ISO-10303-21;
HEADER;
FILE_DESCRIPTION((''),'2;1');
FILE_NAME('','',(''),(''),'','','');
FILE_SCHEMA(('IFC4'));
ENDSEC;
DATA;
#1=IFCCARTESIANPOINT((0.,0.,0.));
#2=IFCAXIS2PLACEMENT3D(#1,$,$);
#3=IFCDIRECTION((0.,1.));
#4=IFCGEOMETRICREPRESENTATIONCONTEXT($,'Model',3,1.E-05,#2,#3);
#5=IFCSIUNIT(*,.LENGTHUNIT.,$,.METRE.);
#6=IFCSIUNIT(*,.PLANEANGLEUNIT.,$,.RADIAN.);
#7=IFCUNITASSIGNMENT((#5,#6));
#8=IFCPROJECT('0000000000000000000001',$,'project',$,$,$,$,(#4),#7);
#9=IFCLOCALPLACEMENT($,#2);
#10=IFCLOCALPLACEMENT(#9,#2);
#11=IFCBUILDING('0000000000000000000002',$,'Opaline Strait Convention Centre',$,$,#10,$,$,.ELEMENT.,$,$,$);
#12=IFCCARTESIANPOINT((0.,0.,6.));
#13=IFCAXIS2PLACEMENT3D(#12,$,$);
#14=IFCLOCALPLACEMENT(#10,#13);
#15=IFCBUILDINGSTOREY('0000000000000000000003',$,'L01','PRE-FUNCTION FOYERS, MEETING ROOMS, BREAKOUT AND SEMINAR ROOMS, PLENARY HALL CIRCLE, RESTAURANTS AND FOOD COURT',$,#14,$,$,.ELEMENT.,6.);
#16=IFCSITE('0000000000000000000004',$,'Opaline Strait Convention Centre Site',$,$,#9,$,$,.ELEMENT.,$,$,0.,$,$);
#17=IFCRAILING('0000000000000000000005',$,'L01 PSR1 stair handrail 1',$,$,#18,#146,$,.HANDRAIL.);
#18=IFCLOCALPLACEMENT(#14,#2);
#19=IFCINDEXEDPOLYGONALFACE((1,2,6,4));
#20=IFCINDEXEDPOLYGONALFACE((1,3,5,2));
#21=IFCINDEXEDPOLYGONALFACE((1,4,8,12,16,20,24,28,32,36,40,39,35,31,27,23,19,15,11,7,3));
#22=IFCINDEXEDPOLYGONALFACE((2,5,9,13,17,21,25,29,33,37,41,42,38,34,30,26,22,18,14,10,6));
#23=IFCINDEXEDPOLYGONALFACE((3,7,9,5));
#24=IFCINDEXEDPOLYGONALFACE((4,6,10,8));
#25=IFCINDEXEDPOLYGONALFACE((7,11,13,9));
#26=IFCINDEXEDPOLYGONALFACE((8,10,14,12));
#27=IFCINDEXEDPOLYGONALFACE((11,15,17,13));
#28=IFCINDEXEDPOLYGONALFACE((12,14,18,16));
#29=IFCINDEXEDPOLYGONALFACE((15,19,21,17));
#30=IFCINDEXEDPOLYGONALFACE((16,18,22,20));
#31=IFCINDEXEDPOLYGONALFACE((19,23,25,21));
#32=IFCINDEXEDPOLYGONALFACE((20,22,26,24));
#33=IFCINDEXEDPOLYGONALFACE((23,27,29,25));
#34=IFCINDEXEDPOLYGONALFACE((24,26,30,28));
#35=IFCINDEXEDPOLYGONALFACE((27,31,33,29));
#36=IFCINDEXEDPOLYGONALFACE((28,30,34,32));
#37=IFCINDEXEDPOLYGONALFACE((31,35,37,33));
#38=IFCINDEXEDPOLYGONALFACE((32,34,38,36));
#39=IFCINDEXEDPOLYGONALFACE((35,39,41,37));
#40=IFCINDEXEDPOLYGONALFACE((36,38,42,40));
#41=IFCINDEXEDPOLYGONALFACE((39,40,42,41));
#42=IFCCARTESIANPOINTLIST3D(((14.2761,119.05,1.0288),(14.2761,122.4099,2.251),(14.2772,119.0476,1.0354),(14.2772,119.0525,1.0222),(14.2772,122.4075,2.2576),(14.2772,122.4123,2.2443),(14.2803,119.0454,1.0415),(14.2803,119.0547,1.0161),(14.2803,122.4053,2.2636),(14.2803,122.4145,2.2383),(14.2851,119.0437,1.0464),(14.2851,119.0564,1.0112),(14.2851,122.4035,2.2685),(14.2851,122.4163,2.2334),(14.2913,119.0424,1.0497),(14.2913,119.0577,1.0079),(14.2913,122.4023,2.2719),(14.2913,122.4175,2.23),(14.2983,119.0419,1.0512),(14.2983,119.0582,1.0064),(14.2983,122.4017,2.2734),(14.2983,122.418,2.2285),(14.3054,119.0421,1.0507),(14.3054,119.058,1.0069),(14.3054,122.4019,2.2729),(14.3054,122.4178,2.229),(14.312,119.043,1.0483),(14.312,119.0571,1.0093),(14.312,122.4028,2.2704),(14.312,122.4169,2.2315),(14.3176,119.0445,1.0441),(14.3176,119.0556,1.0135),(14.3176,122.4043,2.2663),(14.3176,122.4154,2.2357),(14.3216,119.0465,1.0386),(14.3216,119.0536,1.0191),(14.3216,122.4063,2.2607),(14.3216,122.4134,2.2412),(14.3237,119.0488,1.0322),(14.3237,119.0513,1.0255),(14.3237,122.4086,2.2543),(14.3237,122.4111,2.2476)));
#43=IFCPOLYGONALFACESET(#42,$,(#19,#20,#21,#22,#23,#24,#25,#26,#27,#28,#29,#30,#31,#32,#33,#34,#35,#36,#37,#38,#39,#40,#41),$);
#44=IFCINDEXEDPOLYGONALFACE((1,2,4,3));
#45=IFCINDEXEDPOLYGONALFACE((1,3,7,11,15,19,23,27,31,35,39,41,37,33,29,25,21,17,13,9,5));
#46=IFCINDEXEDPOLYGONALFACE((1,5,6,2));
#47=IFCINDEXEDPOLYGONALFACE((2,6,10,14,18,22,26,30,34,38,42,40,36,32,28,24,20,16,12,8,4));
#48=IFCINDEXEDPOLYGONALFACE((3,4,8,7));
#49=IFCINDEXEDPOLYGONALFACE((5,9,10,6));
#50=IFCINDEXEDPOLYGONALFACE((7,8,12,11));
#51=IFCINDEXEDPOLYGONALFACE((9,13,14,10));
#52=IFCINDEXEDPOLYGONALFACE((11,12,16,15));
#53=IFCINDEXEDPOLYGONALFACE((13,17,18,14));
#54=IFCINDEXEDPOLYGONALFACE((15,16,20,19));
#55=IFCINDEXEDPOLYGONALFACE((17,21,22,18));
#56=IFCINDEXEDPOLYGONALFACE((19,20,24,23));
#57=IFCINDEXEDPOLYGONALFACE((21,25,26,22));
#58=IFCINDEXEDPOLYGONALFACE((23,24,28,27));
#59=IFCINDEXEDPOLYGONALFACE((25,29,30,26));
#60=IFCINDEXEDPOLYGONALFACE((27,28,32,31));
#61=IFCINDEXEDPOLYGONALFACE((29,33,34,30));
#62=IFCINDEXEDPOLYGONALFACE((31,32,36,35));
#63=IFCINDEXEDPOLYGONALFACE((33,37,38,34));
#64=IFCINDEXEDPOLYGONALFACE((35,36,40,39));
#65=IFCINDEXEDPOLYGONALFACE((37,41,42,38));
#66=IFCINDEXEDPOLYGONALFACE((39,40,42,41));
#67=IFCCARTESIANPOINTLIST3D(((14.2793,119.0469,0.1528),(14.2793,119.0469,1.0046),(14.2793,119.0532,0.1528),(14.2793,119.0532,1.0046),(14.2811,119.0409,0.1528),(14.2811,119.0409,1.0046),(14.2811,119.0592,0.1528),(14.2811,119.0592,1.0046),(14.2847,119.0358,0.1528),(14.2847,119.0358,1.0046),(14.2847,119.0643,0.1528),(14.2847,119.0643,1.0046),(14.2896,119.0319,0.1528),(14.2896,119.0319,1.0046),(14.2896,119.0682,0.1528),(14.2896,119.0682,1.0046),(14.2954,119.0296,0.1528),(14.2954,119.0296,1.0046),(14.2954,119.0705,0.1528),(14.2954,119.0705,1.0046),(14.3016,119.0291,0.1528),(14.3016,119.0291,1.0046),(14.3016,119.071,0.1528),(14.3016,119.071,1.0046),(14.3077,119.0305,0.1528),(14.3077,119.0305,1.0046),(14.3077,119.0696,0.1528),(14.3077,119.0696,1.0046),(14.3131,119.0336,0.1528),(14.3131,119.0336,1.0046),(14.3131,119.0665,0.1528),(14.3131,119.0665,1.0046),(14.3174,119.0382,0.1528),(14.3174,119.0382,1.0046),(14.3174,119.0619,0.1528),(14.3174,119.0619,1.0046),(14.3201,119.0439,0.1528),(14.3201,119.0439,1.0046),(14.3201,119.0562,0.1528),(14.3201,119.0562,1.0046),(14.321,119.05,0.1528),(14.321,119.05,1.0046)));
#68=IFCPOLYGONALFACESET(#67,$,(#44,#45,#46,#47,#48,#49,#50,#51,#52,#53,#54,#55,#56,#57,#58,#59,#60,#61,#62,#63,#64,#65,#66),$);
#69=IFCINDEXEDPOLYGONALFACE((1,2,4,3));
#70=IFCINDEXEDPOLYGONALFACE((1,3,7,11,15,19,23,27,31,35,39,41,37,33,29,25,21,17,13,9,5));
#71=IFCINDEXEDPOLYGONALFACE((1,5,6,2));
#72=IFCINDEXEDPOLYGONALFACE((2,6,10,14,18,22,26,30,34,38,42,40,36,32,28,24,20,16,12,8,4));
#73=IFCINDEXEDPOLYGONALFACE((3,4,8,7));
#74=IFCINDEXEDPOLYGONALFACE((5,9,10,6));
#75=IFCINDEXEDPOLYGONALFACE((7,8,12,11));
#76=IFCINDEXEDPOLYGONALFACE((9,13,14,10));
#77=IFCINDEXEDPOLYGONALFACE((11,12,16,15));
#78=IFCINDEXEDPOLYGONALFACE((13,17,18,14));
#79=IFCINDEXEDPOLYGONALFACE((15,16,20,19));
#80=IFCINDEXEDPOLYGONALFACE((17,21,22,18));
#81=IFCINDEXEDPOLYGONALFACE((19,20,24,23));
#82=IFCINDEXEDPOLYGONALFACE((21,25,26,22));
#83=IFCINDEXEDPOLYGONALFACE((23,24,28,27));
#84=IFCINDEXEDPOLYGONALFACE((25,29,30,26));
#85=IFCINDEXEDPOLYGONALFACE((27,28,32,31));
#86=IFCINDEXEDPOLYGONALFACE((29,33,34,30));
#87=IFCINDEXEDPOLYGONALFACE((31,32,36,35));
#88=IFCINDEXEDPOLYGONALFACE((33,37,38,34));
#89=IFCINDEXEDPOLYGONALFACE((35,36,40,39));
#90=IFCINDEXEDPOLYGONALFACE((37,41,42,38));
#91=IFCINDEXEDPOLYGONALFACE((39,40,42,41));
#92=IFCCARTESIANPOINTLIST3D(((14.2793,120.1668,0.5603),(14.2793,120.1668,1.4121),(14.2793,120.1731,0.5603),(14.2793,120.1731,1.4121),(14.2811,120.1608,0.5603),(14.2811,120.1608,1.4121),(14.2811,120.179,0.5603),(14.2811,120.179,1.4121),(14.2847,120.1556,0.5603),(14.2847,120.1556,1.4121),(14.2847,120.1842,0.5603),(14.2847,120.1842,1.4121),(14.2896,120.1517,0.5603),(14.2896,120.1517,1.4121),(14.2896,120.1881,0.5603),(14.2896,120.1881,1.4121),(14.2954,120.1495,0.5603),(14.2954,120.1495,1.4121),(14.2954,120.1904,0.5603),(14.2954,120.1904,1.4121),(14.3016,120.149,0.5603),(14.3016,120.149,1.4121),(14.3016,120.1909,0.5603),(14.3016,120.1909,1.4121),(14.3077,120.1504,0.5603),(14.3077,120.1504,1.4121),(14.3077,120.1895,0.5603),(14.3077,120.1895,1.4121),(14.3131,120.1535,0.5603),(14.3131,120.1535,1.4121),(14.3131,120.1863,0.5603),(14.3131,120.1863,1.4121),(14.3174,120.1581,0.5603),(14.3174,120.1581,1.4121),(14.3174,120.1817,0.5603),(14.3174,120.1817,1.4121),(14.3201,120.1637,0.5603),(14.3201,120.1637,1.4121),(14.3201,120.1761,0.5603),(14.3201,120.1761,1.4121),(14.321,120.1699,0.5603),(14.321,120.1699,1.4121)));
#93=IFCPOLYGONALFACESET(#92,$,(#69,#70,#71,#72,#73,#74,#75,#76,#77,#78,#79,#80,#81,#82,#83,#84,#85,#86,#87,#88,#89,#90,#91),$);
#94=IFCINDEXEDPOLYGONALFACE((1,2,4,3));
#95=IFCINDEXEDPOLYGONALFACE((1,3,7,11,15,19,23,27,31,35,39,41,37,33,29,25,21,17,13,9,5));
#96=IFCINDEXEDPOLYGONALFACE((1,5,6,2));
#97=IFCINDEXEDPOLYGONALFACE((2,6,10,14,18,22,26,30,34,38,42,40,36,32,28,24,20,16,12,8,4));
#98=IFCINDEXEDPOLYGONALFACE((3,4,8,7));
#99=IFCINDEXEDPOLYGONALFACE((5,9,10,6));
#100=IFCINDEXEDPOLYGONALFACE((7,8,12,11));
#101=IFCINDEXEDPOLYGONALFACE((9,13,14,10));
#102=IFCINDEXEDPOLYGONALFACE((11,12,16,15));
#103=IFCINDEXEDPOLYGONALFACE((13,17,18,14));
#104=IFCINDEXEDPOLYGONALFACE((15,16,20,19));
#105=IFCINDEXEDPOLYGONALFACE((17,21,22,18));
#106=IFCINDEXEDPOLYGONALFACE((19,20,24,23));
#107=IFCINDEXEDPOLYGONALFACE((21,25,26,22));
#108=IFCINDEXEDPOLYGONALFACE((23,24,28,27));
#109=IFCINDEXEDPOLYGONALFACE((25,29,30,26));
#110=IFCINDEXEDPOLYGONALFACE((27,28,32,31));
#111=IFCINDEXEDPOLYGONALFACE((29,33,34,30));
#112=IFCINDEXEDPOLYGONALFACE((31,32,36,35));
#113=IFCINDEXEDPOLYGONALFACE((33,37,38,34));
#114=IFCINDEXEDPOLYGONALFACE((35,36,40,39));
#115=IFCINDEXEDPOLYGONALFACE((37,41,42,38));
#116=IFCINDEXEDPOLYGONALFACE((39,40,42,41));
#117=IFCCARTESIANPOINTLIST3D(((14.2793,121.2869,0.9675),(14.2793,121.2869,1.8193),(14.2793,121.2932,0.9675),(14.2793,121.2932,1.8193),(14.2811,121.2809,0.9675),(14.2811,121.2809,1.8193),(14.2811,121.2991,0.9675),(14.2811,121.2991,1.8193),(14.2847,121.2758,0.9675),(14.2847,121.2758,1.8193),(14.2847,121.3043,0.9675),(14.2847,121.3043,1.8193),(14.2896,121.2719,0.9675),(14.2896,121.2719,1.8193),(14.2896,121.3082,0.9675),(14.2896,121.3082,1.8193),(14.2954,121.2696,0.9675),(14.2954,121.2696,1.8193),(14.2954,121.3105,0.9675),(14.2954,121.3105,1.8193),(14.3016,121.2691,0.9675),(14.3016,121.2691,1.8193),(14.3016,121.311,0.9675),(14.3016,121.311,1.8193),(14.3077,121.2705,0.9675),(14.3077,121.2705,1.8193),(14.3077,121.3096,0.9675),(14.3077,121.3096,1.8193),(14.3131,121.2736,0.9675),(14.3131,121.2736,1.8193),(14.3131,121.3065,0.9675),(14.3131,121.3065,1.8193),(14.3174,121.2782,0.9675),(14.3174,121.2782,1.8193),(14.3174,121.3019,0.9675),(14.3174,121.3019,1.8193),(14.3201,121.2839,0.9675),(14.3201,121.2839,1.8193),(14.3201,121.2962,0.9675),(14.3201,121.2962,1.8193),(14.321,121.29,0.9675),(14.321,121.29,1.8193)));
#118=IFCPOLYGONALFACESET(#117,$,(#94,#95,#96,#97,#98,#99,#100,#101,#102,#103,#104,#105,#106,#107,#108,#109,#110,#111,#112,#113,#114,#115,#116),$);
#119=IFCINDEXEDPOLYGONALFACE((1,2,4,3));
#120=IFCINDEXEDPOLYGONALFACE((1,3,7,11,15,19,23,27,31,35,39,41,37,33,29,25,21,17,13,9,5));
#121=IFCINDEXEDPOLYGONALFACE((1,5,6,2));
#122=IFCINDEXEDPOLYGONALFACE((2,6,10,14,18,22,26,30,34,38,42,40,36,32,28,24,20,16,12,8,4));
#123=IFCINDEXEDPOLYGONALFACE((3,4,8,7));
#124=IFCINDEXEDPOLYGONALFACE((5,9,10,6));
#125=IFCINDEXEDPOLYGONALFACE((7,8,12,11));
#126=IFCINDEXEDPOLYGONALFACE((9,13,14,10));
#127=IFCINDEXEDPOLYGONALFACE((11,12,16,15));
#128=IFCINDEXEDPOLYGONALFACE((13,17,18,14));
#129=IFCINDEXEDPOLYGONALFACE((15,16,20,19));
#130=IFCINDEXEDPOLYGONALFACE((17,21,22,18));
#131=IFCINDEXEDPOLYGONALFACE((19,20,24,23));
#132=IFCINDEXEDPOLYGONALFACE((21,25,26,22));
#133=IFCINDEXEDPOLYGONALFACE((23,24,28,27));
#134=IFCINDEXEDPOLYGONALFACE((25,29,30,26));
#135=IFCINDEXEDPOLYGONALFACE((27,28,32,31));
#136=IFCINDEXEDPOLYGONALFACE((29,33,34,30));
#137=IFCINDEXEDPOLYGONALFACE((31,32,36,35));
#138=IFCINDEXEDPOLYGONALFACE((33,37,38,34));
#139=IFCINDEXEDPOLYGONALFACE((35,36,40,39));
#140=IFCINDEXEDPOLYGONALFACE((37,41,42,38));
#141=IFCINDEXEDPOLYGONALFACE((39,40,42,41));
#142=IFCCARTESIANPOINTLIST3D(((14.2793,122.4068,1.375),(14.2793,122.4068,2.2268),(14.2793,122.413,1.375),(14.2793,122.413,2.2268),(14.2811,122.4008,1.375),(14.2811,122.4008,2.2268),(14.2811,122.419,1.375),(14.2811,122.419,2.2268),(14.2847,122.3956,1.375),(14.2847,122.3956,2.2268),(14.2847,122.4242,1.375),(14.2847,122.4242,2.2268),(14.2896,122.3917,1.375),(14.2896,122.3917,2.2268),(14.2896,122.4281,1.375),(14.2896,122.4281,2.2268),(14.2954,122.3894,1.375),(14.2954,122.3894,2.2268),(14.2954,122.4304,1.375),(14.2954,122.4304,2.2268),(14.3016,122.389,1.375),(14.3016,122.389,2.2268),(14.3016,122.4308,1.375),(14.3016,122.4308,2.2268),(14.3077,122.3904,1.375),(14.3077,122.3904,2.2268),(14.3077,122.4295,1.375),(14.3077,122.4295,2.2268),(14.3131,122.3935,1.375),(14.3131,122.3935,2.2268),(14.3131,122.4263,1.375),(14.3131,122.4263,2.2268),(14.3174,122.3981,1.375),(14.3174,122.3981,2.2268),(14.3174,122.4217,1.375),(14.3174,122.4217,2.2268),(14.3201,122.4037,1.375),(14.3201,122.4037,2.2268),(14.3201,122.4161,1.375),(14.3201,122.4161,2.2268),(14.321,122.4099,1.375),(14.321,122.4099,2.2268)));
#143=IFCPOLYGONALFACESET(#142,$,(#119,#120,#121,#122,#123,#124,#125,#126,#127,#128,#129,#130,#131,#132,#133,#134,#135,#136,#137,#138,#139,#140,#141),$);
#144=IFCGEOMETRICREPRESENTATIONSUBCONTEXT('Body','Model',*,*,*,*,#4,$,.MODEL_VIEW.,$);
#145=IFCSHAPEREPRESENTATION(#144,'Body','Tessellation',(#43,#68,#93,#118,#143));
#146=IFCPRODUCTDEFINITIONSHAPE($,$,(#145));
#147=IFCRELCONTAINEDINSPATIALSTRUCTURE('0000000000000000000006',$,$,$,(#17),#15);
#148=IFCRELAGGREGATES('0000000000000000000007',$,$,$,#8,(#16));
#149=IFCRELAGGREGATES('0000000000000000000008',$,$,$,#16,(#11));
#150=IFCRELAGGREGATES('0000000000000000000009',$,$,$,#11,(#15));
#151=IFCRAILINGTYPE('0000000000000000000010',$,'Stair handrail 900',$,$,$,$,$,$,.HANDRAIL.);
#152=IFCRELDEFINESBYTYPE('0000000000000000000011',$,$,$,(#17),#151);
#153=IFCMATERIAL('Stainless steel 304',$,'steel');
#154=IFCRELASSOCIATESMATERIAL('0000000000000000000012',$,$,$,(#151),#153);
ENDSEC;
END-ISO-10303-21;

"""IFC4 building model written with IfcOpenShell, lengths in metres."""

from ifc_helpers import new_model, si_unit, direction, frame, origin, origin_2d, place, context, subcontext, project, spatial, circle, extrude, material, type_object, element, save


model = new_model("IFC4")

# Units and contexts
model_context = context("Model", 3, precision=1e-05, world=origin(), true_north=direction((0.0, 1.0)))
body_context = subcontext(model_context, "Body", "Model", "MODEL_VIEW")
ifc_project = project(units=[si_unit("LENGTHUNIT", "METRE"), si_unit("PLANEANGLEUNIT", "RADIAN")], contexts=[model_context])

# Site, building, storey
site_placement = place(None, origin())
site = spatial("IfcSite", under=ifc_project, at=site_placement, Name="Opaline Strait Convention Centre Site", CompositionType="ELEMENT", RefElevation=0.0)
building_placement = place(site_placement, origin())
building = spatial("IfcBuilding", under=site, at=building_placement, Name="Opaline Strait Convention Centre", CompositionType="ELEMENT")
storey_placement = place(building_placement, frame((0.0, 0.0, 6.0)))
storey = spatial("IfcBuildingStorey", under=building, at=storey_placement, Name="L01", Description="PRE-FUNCTION FOYERS, MEETING ROOMS, BREAKOUT AND SEMINAR ROOMS, PLENARY HALL CIRCLE, RESTAURANTS AND FOOD COURT", CompositionType="ELEMENT", Elevation=6.0)

# Railing
ifc_material_1 = material(Name="Stainless steel 304", Category="steel")
railing_type_1 = type_object("IfcRailingType", Name="Stair handrail 900", PredefinedType="HANDRAIL", material=ifc_material_1)
railing_1_placement = place(storey_placement, frame((14.3, 119.05, 0.1528)))
element("IfcRailing", 1, at=railing_1_placement, inside=storey, type_object=railing_type_1, Name="L01 PSR1 stair handrail 1", PredefinedType="HANDRAIL", context=body_context, shape_type="SweptSolid", body=[
    extrude(circle(Radius=0.0239, at=origin_2d()), frame((0.0, 0.0, 0.876), z_axis=(0.0, 0.939758, 0.341842), x_axis=(-1.0, 0.0, 0.0)), (0.0, 0.0, 1.0), 3.5752),
    extrude(circle(Radius=0.021, at=origin_2d()), origin(), (0.0, 0.0, 1.0), 0.8518),
    extrude(circle(Radius=0.021, at=origin_2d()), frame((0.0, 1.1199, 0.4075)), (0.0, 0.0, 1.0), 0.8518),
    extrude(circle(Radius=0.021, at=origin_2d()), frame((0.0, 2.24, 0.8147)), (0.0, 0.0, 1.0), 0.8518),
    extrude(circle(Radius=0.021, at=origin_2d()), frame((0.0, 3.3599, 1.2222)), (0.0, 0.0, 1.0), 0.8518),
])

save(model, "model.ifc")
